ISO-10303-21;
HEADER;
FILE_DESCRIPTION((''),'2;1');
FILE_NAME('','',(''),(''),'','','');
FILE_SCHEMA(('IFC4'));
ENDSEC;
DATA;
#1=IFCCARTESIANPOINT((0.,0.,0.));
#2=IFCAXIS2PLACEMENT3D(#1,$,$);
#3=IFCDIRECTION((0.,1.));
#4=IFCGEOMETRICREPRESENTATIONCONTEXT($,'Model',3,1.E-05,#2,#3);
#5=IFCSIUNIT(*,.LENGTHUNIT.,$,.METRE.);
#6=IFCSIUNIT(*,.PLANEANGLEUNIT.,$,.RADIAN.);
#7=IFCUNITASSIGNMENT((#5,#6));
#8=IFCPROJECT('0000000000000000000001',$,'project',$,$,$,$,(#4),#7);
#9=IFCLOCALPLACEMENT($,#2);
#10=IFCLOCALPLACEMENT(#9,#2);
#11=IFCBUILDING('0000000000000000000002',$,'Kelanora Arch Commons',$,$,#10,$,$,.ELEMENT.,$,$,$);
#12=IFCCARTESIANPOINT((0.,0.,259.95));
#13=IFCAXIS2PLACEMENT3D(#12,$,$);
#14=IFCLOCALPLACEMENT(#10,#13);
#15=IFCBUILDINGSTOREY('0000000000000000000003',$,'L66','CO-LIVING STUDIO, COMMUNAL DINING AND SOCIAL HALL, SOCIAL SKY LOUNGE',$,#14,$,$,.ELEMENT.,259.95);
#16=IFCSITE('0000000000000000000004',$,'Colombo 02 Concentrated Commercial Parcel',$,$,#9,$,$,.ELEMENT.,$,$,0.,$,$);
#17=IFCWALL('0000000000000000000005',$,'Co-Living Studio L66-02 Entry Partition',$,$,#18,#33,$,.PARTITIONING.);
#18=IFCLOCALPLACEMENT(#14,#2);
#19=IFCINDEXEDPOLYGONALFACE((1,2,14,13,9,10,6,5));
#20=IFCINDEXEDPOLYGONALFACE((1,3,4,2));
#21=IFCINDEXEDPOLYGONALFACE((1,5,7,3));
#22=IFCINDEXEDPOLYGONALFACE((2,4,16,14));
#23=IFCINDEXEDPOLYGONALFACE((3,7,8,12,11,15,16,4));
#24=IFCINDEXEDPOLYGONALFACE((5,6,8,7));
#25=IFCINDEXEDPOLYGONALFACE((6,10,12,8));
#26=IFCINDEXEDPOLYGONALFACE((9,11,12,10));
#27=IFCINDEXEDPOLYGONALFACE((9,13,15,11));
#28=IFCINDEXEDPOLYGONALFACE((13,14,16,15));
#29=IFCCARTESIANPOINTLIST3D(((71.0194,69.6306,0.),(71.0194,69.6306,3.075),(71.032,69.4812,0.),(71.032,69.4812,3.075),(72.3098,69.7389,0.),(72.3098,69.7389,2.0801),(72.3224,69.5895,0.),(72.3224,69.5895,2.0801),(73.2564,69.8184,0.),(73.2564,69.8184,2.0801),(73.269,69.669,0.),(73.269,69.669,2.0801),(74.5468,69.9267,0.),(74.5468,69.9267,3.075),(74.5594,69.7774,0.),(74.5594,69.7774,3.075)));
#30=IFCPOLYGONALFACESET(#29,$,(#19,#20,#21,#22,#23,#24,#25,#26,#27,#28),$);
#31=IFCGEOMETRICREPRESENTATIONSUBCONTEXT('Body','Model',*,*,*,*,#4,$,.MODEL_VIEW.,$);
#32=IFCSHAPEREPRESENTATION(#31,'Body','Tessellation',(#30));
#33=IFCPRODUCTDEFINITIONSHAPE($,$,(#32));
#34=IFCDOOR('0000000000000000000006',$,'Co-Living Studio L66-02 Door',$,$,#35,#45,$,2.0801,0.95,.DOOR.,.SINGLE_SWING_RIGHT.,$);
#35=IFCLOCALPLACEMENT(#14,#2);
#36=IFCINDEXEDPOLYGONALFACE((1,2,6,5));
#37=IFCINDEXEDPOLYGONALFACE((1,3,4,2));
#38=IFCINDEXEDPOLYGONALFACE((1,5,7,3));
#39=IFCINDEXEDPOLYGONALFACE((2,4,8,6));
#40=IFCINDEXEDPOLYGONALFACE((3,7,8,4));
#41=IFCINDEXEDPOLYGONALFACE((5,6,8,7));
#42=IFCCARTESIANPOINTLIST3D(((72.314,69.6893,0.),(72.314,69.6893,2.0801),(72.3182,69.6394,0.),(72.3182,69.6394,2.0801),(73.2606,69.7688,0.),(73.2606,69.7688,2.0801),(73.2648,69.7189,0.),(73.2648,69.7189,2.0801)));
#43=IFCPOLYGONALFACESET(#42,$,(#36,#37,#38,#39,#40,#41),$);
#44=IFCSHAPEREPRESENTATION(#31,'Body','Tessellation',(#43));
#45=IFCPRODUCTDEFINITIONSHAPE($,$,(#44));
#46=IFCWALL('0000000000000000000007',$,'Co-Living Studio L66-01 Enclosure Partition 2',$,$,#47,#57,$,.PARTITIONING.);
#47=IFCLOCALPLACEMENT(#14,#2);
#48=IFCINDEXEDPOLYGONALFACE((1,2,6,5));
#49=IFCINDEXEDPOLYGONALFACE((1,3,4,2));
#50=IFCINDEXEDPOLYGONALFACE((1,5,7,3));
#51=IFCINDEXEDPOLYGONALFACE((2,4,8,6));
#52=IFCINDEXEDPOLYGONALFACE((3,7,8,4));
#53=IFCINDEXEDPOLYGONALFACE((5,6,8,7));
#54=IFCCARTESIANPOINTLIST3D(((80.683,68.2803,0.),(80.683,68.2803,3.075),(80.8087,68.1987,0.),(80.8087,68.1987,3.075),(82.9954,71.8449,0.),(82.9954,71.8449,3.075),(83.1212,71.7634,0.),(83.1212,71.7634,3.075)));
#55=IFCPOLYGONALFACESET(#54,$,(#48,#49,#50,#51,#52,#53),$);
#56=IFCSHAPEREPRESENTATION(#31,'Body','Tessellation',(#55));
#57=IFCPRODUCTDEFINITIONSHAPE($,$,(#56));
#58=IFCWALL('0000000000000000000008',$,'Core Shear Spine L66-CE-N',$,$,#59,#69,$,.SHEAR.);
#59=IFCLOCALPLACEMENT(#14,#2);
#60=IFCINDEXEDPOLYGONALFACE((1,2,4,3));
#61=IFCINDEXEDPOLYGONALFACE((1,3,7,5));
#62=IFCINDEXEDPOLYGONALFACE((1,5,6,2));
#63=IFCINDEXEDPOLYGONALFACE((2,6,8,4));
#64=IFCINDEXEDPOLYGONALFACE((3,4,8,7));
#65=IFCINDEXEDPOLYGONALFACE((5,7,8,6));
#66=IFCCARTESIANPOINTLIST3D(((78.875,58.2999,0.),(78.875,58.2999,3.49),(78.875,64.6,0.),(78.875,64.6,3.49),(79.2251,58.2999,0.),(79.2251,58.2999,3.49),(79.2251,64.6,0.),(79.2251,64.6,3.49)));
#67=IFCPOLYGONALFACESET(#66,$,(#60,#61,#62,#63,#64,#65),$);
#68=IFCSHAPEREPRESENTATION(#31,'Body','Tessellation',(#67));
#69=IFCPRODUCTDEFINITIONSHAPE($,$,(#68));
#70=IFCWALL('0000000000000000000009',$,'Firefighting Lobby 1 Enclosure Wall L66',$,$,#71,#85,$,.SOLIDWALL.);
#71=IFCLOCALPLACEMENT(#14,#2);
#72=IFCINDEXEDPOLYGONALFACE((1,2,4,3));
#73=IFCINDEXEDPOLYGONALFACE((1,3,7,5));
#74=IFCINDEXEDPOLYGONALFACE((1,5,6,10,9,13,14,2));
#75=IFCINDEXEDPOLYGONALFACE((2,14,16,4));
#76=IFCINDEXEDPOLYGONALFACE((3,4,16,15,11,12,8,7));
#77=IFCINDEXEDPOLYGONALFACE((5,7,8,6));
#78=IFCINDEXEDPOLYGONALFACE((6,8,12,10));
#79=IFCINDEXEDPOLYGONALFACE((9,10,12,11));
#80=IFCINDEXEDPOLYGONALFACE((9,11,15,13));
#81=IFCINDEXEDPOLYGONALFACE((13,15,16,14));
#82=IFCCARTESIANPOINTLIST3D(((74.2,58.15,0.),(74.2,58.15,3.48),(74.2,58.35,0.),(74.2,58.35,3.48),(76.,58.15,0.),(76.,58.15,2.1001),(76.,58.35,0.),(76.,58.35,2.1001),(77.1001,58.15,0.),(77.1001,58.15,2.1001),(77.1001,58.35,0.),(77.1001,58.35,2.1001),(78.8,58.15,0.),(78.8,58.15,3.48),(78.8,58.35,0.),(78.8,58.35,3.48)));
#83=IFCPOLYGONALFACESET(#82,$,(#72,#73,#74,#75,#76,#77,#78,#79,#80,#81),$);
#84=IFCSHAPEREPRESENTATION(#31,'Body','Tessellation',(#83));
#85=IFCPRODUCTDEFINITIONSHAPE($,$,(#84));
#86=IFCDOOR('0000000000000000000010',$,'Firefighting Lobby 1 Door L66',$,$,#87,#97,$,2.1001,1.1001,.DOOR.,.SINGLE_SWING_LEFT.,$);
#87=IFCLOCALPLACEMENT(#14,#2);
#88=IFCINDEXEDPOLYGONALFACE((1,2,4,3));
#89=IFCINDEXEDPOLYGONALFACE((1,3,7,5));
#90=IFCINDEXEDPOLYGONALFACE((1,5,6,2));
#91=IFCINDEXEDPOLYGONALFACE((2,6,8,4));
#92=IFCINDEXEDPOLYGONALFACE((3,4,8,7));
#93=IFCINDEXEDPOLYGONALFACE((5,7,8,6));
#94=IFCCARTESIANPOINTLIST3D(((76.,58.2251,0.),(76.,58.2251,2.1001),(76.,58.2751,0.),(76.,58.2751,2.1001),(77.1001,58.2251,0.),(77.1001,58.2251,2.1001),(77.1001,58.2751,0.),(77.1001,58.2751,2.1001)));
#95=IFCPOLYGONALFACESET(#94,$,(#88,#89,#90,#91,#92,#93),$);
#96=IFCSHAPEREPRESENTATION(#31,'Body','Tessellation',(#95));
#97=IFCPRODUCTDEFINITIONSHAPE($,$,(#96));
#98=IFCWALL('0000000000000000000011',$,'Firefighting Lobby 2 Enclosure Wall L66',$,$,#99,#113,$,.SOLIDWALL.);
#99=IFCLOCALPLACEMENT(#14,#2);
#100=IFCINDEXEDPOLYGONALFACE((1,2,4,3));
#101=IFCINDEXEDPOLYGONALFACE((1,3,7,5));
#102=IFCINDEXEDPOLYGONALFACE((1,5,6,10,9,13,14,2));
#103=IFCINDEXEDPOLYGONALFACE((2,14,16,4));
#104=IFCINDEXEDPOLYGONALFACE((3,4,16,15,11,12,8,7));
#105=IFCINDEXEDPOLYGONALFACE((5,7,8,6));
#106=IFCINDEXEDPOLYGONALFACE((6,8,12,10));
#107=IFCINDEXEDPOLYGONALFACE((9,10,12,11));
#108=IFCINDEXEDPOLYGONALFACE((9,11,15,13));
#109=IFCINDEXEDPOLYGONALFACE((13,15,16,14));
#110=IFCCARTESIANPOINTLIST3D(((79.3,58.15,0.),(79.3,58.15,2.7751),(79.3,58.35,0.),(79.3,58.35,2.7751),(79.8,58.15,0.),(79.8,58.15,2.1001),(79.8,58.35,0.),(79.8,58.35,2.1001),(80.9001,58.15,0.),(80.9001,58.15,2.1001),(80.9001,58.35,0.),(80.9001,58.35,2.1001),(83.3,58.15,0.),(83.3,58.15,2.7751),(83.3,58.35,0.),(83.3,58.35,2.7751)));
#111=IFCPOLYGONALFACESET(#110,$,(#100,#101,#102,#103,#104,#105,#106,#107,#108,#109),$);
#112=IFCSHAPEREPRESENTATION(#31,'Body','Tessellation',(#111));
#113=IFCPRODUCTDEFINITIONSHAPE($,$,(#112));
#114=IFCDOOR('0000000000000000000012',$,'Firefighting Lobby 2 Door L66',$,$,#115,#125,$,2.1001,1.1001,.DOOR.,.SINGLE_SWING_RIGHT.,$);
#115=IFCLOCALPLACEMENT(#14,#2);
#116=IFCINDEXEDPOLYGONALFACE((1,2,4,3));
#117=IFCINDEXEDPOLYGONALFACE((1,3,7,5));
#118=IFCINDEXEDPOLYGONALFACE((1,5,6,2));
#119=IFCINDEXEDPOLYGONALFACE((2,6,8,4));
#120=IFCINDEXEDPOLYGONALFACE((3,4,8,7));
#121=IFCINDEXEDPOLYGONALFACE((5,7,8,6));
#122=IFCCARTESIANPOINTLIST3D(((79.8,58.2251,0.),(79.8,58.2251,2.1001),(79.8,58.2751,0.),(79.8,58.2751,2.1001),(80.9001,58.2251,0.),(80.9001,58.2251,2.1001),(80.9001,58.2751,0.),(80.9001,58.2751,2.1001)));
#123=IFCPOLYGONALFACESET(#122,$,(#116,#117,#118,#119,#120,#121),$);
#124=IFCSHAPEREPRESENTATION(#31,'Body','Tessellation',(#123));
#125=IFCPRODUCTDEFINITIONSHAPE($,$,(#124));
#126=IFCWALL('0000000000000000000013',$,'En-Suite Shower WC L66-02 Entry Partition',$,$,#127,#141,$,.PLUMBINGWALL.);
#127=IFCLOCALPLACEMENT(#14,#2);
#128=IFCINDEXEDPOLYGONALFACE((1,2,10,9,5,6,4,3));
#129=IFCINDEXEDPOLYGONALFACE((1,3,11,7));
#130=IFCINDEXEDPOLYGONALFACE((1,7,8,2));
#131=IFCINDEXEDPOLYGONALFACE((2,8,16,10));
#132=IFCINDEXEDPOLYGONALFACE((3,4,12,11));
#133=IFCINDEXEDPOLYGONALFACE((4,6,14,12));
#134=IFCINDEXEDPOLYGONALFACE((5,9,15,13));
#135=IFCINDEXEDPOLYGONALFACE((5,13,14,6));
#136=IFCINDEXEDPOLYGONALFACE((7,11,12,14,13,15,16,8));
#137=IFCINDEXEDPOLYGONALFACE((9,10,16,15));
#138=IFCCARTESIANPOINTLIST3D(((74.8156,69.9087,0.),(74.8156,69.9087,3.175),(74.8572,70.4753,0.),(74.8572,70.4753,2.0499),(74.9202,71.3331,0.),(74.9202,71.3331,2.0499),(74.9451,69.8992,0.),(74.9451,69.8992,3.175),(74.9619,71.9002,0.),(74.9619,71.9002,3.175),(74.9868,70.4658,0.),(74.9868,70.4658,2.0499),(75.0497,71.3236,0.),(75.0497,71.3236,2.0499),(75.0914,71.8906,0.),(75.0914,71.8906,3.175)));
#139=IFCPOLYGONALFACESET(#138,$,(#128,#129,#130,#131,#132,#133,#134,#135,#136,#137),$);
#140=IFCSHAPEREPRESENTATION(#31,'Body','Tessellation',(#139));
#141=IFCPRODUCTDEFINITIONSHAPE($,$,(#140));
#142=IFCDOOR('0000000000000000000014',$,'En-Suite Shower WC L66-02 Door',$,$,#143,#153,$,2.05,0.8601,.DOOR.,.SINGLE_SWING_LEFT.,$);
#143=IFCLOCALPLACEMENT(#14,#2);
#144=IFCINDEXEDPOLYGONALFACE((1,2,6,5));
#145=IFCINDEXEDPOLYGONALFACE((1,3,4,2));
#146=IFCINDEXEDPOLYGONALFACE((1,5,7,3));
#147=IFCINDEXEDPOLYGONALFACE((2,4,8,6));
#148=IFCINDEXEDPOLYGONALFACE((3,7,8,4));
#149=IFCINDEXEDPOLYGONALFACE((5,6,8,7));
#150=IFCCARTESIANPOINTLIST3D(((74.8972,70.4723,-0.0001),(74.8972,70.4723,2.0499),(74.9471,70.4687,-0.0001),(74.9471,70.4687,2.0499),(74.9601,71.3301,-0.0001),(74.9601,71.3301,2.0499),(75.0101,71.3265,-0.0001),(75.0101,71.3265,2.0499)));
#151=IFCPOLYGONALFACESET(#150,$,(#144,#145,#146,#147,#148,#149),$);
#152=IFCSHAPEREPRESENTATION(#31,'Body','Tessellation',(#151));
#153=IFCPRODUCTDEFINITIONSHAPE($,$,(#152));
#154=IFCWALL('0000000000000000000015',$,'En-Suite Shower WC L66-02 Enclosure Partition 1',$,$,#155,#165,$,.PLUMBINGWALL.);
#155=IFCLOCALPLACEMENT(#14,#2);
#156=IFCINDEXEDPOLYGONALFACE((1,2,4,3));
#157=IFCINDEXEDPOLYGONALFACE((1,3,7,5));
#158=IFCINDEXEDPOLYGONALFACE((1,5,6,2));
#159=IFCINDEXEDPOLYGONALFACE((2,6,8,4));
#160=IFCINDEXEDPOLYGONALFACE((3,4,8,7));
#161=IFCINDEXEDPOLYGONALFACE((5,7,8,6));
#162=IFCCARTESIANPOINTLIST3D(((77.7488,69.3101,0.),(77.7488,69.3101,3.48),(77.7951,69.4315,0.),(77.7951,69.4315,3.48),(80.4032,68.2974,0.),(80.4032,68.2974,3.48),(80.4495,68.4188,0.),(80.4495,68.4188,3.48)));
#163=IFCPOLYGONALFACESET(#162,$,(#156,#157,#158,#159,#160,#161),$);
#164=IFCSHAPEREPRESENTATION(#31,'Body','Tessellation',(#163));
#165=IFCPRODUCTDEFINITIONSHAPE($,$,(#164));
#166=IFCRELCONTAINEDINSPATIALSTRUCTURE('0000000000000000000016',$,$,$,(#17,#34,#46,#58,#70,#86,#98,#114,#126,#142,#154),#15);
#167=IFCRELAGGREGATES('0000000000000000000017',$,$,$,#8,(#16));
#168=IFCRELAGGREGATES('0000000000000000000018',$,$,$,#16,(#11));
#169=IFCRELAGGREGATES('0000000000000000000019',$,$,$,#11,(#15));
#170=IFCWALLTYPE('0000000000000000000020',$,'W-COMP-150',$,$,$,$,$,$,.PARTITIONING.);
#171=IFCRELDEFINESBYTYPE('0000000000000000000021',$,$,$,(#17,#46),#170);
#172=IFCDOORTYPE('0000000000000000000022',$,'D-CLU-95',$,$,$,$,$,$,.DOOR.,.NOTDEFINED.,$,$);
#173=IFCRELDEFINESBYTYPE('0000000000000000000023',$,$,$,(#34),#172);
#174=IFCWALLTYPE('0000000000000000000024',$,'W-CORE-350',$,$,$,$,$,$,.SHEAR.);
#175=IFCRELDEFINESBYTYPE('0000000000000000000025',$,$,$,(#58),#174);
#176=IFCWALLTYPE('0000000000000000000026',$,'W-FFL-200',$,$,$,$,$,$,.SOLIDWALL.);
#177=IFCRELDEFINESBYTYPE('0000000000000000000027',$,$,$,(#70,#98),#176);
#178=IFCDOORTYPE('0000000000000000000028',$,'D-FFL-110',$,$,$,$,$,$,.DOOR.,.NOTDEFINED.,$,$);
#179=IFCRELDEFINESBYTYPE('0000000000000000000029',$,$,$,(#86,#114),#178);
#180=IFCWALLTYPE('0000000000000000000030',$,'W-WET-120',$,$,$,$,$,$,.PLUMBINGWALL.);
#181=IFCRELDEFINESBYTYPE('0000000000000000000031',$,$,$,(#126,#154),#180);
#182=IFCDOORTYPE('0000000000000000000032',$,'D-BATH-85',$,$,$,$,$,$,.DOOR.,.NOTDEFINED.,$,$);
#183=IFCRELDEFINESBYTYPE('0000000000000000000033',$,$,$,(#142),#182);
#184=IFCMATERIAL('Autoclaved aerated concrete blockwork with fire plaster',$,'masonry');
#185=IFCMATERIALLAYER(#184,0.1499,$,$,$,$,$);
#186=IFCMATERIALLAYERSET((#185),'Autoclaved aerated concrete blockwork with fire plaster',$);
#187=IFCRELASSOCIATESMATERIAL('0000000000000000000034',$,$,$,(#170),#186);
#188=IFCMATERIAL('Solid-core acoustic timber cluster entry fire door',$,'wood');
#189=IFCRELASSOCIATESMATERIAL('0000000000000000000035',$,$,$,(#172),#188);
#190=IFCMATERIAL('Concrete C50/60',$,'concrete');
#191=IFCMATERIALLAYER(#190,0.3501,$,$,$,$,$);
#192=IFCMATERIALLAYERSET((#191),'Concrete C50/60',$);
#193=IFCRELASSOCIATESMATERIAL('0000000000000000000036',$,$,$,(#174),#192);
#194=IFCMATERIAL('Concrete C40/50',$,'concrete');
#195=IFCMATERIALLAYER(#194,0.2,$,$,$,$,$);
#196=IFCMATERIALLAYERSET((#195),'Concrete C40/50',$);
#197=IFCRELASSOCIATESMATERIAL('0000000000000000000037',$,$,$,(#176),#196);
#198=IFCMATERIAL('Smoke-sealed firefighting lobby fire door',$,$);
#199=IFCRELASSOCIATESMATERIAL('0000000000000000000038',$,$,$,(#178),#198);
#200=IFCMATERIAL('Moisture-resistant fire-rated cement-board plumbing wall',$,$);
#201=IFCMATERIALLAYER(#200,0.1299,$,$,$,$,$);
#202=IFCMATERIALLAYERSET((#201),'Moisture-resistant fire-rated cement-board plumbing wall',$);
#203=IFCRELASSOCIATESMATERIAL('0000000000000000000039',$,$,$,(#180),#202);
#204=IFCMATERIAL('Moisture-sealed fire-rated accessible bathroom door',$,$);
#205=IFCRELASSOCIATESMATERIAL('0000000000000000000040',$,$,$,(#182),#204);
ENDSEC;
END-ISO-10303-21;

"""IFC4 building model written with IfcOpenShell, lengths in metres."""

from ifc_helpers import new_model, si_unit, direction, frame, frame_2d, origin, place, context, subcontext, project, spatial, rectangle, extrude, material, layer, layer_set, type_object, element, fill, save


model = new_model("IFC4")

# Units and contexts
model_context = context("Model", 3, precision=1e-05, world=origin(), true_north=direction((0.0, 1.0)))
body_context = subcontext(model_context, "Body", "Model", "MODEL_VIEW")
ifc_project = project(units=[si_unit("LENGTHUNIT", "METRE"), si_unit("PLANEANGLEUNIT", "RADIAN")], contexts=[model_context])

# Site, building, storey
site_placement = place(None, origin())
site = spatial("IfcSite", under=ifc_project, at=site_placement, Name="Colombo 02 Concentrated Commercial Parcel", CompositionType="ELEMENT", RefElevation=0.0)
building_placement = place(site_placement, origin())
building = spatial("IfcBuilding", under=site, at=building_placement, Name="Kelanora Arch Commons", CompositionType="ELEMENT")
storey_placement = place(building_placement, frame((0.0, 0.0, 259.95)))
storey = spatial("IfcBuildingStorey", under=building, at=storey_placement, Name="L66", Description="CO-LIVING STUDIO, COMMUNAL DINING AND SOCIAL HALL, SOCIAL SKY LOUNGE", CompositionType="ELEMENT", Elevation=259.95)

# Shared definitions
ifc_material_1 = material(Name="Concrete C50/60", Category="concrete")

# Shared definitions
ifc_material_2 = material(Name="Autoclaved aerated concrete blockwork with fire plaster", Category="masonry")
ifc_layer_1 = layer(ifc_material_2, 0.1499)
ifc_layer_set_1 = layer_set([ifc_layer_1], Name="Autoclaved aerated concrete blockwork with fire plaster")
wall_type_1 = type_object("IfcWallType", Name="W-COMP-150", PredefinedType="PARTITIONING", material=ifc_layer_set_1)

# Wall, opening, door
wall_1_placement = place(storey_placement, frame((74.5532, 69.8521, 0.0), z_axis=(0.0, 0.0, 1.0), x_axis=(-0.996494, -0.083662, 0.0)))
wall_1 = element("IfcWall", 1, at=wall_1_placement, inside=storey, type_object=wall_type_1, Name="Co-Living Studio L66-02 Entry Partition", PredefinedType="PARTITIONING", context=body_context, shape_type="SweptSolid", body=[
    extrude(rectangle(XDim=3.5398, YDim=0.1499, at=frame_2d((1.77, 0.0))), origin(), (0.0, 0.0, 1.0), 3.075),
])
opening_1_placement = place(wall_1_placement, frame((1.2949, 0.0, 0.0)))
opening_1 = element("IfcOpeningElement", 2, at=opening_1_placement, cuts=wall_1, PredefinedType="OPENING", context=body_context, shape_type="SweptSolid", body=[
    extrude(rectangle(XDim=0.95, YDim=2.0801, at=frame_2d((0.4751, 1.04))), frame((0.0, 0.085, 0.0), z_axis=(0.0, -1.0, 0.0), x_axis=(1.0, 0.0, 0.0)), (0.0, 0.0, 1.0), 0.1699),
])
ifc_material_3 = material(Name="Solid-core acoustic timber cluster entry fire door", Category="wood")
door_type_1 = type_object("IfcDoorType", Name="D-CLU-95", OperationType="NOTDEFINED", PredefinedType="DOOR", material=ifc_material_3)
door_1_placement = place(opening_1_placement, origin())
door_1 = element("IfcDoor", 3, at=door_1_placement, inside=storey, type_object=door_type_1, Name="Co-Living Studio L66-02 Door", OperationType="SINGLE_SWING_RIGHT", OverallHeight=2.0801, OverallWidth=0.95, PredefinedType="DOOR", context=body_context, shape_type="SweptSolid", body=[
    extrude(rectangle(XDim=0.95, YDim=2.0801, at=frame_2d((0.4751, 1.04))), frame((0.0, 0.0249, 0.0), z_axis=(0.0, -1.0, 0.0), x_axis=(1.0, 0.0, 0.0)), (0.0, 0.0, 1.0), 0.05),
])
fill(opening_1, door_1)

# Walls
wall_2_placement = place(storey_placement, frame((80.7458, 68.2395, 0.0), z_axis=(0.0, 0.0, 1.0), x_axis=(0.544235, 0.838933, 0.0)))
element("IfcWall", 4, at=wall_2_placement, inside=storey, type_object=wall_type_1, Name="Co-Living Studio L66-01 Enclosure Partition 2", PredefinedType="PARTITIONING", context=body_context, shape_type="SweptSolid", body=[
    extrude(rectangle(XDim=4.249, YDim=0.1499, at=frame_2d((2.1245, 0.0))), origin(), (0.0, 0.0, 1.0), 3.075),
])
ifc_layer_2 = layer(ifc_material_1, 0.3501)
ifc_layer_set_2 = layer_set([ifc_layer_2], Name="Concrete C50/60")
wall_type_2 = type_object("IfcWallType", Name="W-CORE-350", PredefinedType="SHEAR", material=ifc_layer_set_2)
wall_3_placement = place(storey_placement, frame((79.05, 58.3, 0.0), z_axis=(0.0, 0.0, 1.0), x_axis=(0.0, 1.0, 0.0)))
element("IfcWall", 5, at=wall_3_placement, inside=storey, type_object=wall_type_2, Name="Core Shear Spine L66-CE-N", PredefinedType="SHEAR", context=body_context, shape_type="SweptSolid", body=[
    extrude(rectangle(XDim=6.3, YDim=0.3501, at=frame_2d((3.1499, 0.0))), origin(), (0.0, 0.0, 1.0), 3.49),
])

# Walls, openings, doors
ifc_material_4 = material(Name="Concrete C40/50", Category="concrete")
ifc_layer_3 = layer(ifc_material_4, 0.2)
ifc_layer_set_3 = layer_set([ifc_layer_3], Name="Concrete C40/50")
wall_type_3 = type_object("IfcWallType", Name="W-FFL-200", PredefinedType="SOLIDWALL", material=ifc_layer_set_3)
wall_4_placement = place(storey_placement, frame((74.2, 58.25, 0.0), z_axis=(0.0, 0.0, 1.0), x_axis=(1.0, 0.0, 0.0)))
wall_4 = element("IfcWall", 6, at=wall_4_placement, inside=storey, type_object=wall_type_3, Name="Firefighting Lobby 1 Enclosure Wall L66", PredefinedType="SOLIDWALL", context=body_context, shape_type="SweptSolid", body=[
    extrude(rectangle(XDim=4.6001, YDim=0.2, at=frame_2d((2.3, 0.0))), origin(), (0.0, 0.0, 1.0), 3.48),
])
opening_2_placement = place(wall_4_placement, frame((1.8, 0.0, 0.0)))
opening_2 = element("IfcOpeningElement", 7, at=opening_2_placement, cuts=wall_4, PredefinedType="OPENING", context=body_context, shape_type="SweptSolid", body=[
    extrude(rectangle(XDim=1.1001, YDim=2.1001, at=frame_2d((0.55, 1.05))), frame((0.0, 0.1099, 0.0), z_axis=(0.0, -1.0, 0.0), x_axis=(1.0, 0.0, 0.0)), (0.0, 0.0, 1.0), 0.22),
])
ifc_material_5 = material(Name="Smoke-sealed firefighting lobby fire door")
door_type_2 = type_object("IfcDoorType", Name="D-FFL-110", OperationType="NOTDEFINED", PredefinedType="DOOR", material=ifc_material_5)
door_2_placement = place(opening_2_placement, frame((1.1001, 0.0, 0.0), z_axis=(0.0, 0.0, 1.0), x_axis=(-1.0, 0.0, 0.0)))
door_2 = element("IfcDoor", 8, at=door_2_placement, inside=storey, type_object=door_type_2, Name="Firefighting Lobby 1 Door L66", OperationType="SINGLE_SWING_LEFT", OverallHeight=2.1001, OverallWidth=1.1001, PredefinedType="DOOR", context=body_context, shape_type="SweptSolid", body=[
    extrude(rectangle(XDim=1.1001, YDim=2.1001, at=frame_2d((0.55, 1.05))), frame((0.0, 0.0249, 0.0), z_axis=(0.0, -1.0, 0.0), x_axis=(1.0, 0.0, 0.0)), (0.0, 0.0, 1.0), 0.05),
])
fill(opening_2, door_2)
wall_5_placement = place(storey_placement, frame((79.3, 58.25, 0.0), z_axis=(0.0, 0.0, 1.0), x_axis=(1.0, 0.0, 0.0)))
wall_5 = element("IfcWall", 9, at=wall_5_placement, inside=storey, type_object=wall_type_3, Name="Firefighting Lobby 2 Enclosure Wall L66", PredefinedType="SOLIDWALL", context=body_context, shape_type="SweptSolid", body=[
    extrude(rectangle(XDim=4.0, YDim=0.2, at=frame_2d((2.0, 0.0))), origin(), (0.0, 0.0, 1.0), 2.7751),
])
opening_3_placement = place(wall_5_placement, frame((0.5, 0.0, 0.0)))
opening_3 = element("IfcOpeningElement", 10, at=opening_3_placement, cuts=wall_5, PredefinedType="OPENING", context=body_context, shape_type="SweptSolid", body=[
    extrude(rectangle(XDim=1.1001, YDim=2.1001, at=frame_2d((0.55, 1.05))), frame((0.0, 0.1099, 0.0), z_axis=(0.0, -1.0, 0.0), x_axis=(1.0, 0.0, 0.0)), (0.0, 0.0, 1.0), 0.22),
])
door_3_placement = place(opening_3_placement, frame((1.1001, 0.0, 0.0), z_axis=(0.0, 0.0, 1.0), x_axis=(-1.0, 0.0, 0.0)))
door_3 = element("IfcDoor", 11, at=door_3_placement, inside=storey, type_object=door_type_2, Name="Firefighting Lobby 2 Door L66", OperationType="SINGLE_SWING_RIGHT", OverallHeight=2.1001, OverallWidth=1.1001, PredefinedType="DOOR", context=body_context, shape_type="SweptSolid", body=[
    extrude(rectangle(XDim=1.1001, YDim=2.1001, at=frame_2d((0.55, 1.05))), frame((0.0, 0.0249, 0.0), z_axis=(0.0, -1.0, 0.0), x_axis=(1.0, 0.0, 0.0)), (0.0, 0.0, 1.0), 0.05),
])
fill(opening_3, door_3)
ifc_material_6 = material(Name="Moisture-resistant fire-rated cement-board plumbing wall")
ifc_layer_4 = layer(ifc_material_6, 0.1299)
ifc_layer_set_4 = layer_set([ifc_layer_4], Name="Moisture-resistant fire-rated cement-board plumbing wall")
wall_type_4 = type_object("IfcWallType", Name="W-WET-120", PredefinedType="PLUMBINGWALL", material=ifc_layer_set_4)
wall_6_placement = place(storey_placement, frame((74.8804, 69.9038, 0.0), z_axis=(0.0, 0.0, 1.0), x_axis=(0.073237, 0.997315, 0.0)))
wall_6 = element("IfcWall", 12, at=wall_6_placement, inside=storey, type_object=wall_type_4, Name="En-Suite Shower WC L66-02 Entry Partition", PredefinedType="PLUMBINGWALL", context=body_context, shape_type="SweptSolid", body=[
    extrude(rectangle(XDim=1.9968, YDim=0.1299, at=frame_2d((0.9985, 0.0))), origin(), (0.0, 0.0, 1.0), 3.175),
])
opening_4_placement = place(wall_6_placement, frame((0.5681, 0.0, 0.0)))
opening_4 = element("IfcOpeningElement", 13, at=opening_4_placement, cuts=wall_6, PredefinedType="OPENING", context=body_context, shape_type="SweptSolid", body=[
    extrude(rectangle(XDim=0.8601, YDim=2.05, at=frame_2d((0.4302, 1.0249))), frame((0.0, 0.075, 0.0), z_axis=(0.0, -1.0, 0.0), x_axis=(1.0, 0.0, 0.0)), (0.0, 0.0, 1.0), 0.1499),
])
ifc_material_7 = material(Name="Moisture-sealed fire-rated accessible bathroom door")
door_type_3 = type_object("IfcDoorType", Name="D-BATH-85", OperationType="NOTDEFINED", PredefinedType="DOOR", material=ifc_material_7)
door_4_placement = place(opening_4_placement, origin())
door_4 = element("IfcDoor", 14, at=door_4_placement, inside=storey, type_object=door_type_3, Name="En-Suite Shower WC L66-02 Door", OperationType="SINGLE_SWING_LEFT", OverallHeight=2.05, OverallWidth=0.8601, PredefinedType="DOOR", context=body_context, shape_type="SweptSolid", body=[
    extrude(rectangle(XDim=0.8601, YDim=2.05, at=frame_2d((0.4302, 1.0249))), frame((0.0, 0.0249, 0.0), z_axis=(0.0, -1.0, 0.0), x_axis=(1.0, 0.0, 0.0)), (0.0, 0.0, 1.0), 0.05),
])
fill(opening_4, door_4)

# Wall
wall_7_placement = place(storey_placement, frame((80.4263, 68.3582, 0.0), z_axis=(0.0, 0.0, 1.0), x_axis=(-0.934319, 0.356438, 0.0)))
element("IfcWall", 15, at=wall_7_placement, inside=storey, type_object=wall_type_4, Name="En-Suite Shower WC L66-02 Enclosure Partition 1", PredefinedType="PLUMBINGWALL", context=body_context, shape_type="SweptSolid", body=[
    extrude(rectangle(XDim=2.8411, YDim=0.1299, at=frame_2d((1.4204, 0.0))), origin(), (0.0, 0.0, 1.0), 3.48),
])

save(model, "model.ifc")
